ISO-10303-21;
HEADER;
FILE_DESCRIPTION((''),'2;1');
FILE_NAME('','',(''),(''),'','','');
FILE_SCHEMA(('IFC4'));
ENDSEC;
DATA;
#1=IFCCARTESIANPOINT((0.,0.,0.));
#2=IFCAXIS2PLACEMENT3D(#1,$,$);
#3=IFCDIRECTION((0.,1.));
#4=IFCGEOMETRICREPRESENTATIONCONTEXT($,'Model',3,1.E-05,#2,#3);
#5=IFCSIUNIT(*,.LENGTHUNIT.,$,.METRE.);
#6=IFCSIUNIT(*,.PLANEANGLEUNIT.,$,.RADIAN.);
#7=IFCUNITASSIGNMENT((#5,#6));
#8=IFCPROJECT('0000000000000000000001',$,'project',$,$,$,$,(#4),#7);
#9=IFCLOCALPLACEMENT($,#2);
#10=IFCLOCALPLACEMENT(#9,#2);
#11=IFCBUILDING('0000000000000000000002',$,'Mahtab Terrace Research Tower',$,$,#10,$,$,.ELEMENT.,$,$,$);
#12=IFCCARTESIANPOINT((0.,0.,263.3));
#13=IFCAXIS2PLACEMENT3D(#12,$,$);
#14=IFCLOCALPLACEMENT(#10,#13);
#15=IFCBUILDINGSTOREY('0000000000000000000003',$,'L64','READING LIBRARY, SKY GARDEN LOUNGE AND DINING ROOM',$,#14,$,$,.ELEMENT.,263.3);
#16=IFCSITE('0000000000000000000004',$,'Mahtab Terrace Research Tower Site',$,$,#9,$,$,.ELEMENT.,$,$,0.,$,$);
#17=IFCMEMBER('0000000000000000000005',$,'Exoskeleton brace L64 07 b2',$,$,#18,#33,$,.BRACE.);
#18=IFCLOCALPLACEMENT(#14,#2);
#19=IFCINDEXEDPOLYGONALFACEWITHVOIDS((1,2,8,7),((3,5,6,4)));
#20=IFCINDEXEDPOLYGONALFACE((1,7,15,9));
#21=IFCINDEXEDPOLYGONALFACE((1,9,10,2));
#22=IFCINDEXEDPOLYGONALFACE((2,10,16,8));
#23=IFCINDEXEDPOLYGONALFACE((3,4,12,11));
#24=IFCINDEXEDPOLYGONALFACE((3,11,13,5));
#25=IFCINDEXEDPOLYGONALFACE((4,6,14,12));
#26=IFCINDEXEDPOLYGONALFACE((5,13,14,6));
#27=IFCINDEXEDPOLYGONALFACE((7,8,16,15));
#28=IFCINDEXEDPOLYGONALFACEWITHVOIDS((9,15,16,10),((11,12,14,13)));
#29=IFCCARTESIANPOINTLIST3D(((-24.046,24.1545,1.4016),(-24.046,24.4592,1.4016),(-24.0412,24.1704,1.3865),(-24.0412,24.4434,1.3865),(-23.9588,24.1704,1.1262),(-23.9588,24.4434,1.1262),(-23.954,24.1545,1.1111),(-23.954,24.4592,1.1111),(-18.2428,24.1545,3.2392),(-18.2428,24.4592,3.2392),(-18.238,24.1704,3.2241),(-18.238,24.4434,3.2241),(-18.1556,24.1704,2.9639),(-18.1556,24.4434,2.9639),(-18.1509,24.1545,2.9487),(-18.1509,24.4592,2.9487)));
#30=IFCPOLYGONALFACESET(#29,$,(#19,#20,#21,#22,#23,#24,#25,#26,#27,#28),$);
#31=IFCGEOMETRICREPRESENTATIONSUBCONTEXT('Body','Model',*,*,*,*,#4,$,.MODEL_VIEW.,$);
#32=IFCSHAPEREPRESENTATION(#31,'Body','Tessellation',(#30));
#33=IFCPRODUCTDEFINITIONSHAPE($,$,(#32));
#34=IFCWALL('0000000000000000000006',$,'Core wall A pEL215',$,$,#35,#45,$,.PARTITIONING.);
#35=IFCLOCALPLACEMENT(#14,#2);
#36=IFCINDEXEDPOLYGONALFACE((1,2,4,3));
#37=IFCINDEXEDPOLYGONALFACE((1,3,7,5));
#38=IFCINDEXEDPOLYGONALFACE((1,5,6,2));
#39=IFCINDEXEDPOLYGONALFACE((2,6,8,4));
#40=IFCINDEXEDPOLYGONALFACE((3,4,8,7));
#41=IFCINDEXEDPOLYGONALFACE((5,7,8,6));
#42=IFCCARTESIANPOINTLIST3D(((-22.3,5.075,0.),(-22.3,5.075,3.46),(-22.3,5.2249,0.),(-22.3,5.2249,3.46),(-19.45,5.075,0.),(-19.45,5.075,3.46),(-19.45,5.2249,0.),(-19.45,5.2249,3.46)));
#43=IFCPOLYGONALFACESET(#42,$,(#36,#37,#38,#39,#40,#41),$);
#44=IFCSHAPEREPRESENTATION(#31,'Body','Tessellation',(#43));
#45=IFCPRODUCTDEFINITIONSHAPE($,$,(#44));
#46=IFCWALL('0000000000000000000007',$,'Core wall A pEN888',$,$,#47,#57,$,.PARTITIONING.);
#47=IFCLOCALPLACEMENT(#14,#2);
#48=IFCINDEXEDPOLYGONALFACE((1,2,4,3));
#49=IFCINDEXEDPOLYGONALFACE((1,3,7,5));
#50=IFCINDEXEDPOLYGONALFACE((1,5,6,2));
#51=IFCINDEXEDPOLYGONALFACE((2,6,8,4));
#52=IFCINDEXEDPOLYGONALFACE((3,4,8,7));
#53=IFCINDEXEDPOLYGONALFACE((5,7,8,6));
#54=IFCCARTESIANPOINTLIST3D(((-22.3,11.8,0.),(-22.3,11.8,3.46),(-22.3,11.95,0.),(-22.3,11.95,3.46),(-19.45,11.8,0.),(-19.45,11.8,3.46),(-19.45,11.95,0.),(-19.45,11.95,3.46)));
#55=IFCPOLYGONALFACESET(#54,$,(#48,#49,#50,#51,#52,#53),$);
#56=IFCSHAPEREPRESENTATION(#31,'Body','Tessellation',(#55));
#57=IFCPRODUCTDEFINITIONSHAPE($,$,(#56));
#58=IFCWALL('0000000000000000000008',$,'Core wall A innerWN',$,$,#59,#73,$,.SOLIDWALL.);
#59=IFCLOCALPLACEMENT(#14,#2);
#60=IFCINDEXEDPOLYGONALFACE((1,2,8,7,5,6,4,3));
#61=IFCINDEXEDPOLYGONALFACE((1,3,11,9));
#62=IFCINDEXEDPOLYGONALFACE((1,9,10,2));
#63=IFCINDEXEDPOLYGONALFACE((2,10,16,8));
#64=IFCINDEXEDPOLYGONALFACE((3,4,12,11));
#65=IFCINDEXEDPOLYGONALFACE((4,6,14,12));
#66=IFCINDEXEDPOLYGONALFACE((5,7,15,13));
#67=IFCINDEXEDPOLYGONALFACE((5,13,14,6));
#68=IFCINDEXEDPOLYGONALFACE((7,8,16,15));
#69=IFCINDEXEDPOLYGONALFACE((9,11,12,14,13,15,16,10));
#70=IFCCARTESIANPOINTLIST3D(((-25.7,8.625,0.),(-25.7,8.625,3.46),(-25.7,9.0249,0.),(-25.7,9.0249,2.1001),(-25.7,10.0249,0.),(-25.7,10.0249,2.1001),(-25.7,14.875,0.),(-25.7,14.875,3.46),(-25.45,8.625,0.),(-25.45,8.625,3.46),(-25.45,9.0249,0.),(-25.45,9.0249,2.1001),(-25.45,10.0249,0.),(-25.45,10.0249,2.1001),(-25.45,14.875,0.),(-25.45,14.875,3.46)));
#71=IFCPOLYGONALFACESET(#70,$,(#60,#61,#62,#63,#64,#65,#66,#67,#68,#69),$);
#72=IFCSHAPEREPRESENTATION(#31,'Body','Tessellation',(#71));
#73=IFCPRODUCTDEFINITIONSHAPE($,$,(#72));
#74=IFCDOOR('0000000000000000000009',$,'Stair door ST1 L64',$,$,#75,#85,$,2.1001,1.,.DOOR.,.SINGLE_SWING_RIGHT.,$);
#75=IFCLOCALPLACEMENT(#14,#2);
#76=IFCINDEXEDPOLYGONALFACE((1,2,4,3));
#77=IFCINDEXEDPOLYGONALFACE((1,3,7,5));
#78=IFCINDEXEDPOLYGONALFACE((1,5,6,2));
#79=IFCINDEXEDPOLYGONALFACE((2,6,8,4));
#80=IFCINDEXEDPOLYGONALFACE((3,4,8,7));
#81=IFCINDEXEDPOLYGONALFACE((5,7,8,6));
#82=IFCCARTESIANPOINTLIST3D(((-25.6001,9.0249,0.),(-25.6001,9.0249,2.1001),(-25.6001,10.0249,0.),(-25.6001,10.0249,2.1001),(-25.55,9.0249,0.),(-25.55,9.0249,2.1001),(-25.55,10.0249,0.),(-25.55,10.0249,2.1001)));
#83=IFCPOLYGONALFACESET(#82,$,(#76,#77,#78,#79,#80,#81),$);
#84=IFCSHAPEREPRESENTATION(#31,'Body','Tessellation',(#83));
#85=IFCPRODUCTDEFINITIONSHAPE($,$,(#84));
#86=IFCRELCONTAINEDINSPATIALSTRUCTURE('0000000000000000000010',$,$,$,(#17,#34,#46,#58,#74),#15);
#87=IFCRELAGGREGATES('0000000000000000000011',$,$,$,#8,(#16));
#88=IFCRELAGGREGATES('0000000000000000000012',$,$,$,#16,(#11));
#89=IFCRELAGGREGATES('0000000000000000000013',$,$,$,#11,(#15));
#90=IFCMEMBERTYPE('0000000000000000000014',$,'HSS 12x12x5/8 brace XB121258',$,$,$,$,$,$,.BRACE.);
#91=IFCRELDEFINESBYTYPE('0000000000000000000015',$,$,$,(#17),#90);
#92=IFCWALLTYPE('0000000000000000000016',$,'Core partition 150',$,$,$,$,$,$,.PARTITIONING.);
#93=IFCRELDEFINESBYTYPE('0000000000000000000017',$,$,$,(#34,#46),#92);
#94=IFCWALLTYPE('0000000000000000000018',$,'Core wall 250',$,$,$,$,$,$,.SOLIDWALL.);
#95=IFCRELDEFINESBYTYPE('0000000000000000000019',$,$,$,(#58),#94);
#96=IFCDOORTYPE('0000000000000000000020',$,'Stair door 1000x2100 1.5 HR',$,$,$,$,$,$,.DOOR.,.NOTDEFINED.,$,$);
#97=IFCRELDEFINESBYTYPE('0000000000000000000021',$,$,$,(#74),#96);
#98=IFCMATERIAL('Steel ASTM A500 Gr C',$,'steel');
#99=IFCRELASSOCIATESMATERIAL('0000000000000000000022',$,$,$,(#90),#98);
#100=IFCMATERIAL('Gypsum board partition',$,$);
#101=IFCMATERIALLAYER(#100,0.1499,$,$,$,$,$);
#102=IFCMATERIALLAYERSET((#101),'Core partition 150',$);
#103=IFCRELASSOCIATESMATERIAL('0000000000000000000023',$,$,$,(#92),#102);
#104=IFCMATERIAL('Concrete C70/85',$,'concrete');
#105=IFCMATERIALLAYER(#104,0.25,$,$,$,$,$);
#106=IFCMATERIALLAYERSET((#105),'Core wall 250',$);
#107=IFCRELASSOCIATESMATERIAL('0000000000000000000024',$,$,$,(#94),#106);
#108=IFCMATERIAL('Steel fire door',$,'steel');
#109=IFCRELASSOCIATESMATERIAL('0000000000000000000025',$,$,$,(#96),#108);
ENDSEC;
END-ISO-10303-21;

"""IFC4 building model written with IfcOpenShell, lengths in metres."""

from ifc_helpers import new_model, si_unit, direction, frame, frame_2d, origin, origin_2d, place, context, subcontext, project, spatial, rectangle, hollow_rectangle, extrude, material, layer, layer_set, material_profile, profile_set, type_object, element, fill, save


model = new_model("IFC4")

# Units and contexts
model_context = context("Model", 3, precision=1e-05, world=origin(), true_north=direction((0.0, 1.0)))
body_context = subcontext(model_context, "Body", "Model", "MODEL_VIEW")
ifc_project = project(units=[si_unit("LENGTHUNIT", "METRE"), si_unit("PLANEANGLEUNIT", "RADIAN")], contexts=[model_context])

# Site, building, storey
site_placement = place(None, origin())
site = spatial("IfcSite", under=ifc_project, at=site_placement, Name="Mahtab Terrace Research Tower Site", CompositionType="ELEMENT", RefElevation=0.0)
building_placement = place(site_placement, origin())
building = spatial("IfcBuilding", under=site, at=building_placement, Name="Mahtab Terrace Research Tower", CompositionType="ELEMENT")
storey_placement = place(building_placement, frame((0.0, 0.0, 263.3)))
storey = spatial("IfcBuildingStorey", under=building, at=storey_placement, Name="L64", Description="READING LIBRARY, SKY GARDEN LOUNGE AND DINING ROOM", CompositionType="ELEMENT", Elevation=263.3)

# Member
ifc_material_1 = material(Name="Steel ASTM A500 Gr C", Category="steel")
ifc_material_profile = material_profile(ifc_material_1, hollow_rectangle(XDim=0.3047, YDim=0.3047, WallThickness=0.0159, at=origin_2d()), Name="HSS12X12X5/8")
ifc_profile_set = profile_set([ifc_material_profile], Name="Steel ASTM A500 Gr C")
member_type = type_object("IfcMemberType", Name="HSS 12x12x5/8 brace XB121258", PredefinedType="BRACE", material=ifc_profile_set)
member_placement = place(storey_placement, frame((-24.0, 24.3069, 1.2563), z_axis=(0.953344, 0.0, 0.301886), x_axis=(0.0, 1.0, 0.0)))
element("IfcMember", 1, at=member_placement, inside=storey, type_object=member_type, Name="Exoskeleton brace L64 07 b2", PredefinedType="BRACE", context=body_context, shape_type="SweptSolid", body=[
    extrude(hollow_rectangle(XDim=0.3047, YDim=0.3047, WallThickness=0.0159, at=origin_2d()), origin(), (0.0, 0.0, 1.0), 6.0872),
])

# Walls
ifc_material_2 = material(Name="Gypsum board partition")
ifc_layer_1 = layer(ifc_material_2, 0.1499)
ifc_layer_set_1 = layer_set([ifc_layer_1], Name="Core partition 150")
wall_type_1 = type_object("IfcWallType", Name="Core partition 150", PredefinedType="PARTITIONING", material=ifc_layer_set_1)
for number, where, z_axis, x_axis, name in (
    (2, (-22.3, 5.1499, 0.0), (0.0, 0.0, 1.0), (1.0, 0.0, 0.0), "Core wall A pEL215"),
    (3, (-22.3, 11.875, 0.0), (0.0, 0.0, 1.0), (1.0, 0.0, 0.0), "Core wall A pEN888"),
):
    element("IfcWall", number, at=place(storey_placement, frame(where, z_axis=z_axis, x_axis=x_axis)), inside=storey, type_object=wall_type_1, Name=name, PredefinedType="PARTITIONING", context=body_context, shape_type="SweptSolid", body=[
        extrude(rectangle(XDim=2.8501, YDim=0.1499, at=frame_2d((1.425, 0.0))), origin(), (0.0, 0.0, 1.0), 3.46),
    ])

# Wall, opening, door
ifc_material_3 = material(Name="Concrete C70/85", Category="concrete")
ifc_layer_2 = layer(ifc_material_3, 0.25)
ifc_layer_set_2 = layer_set([ifc_layer_2], Name="Core wall 250")
wall_type_2 = type_object("IfcWallType", Name="Core wall 250", PredefinedType="SOLIDWALL", material=ifc_layer_set_2)
wall_1_placement = place(storey_placement, frame((-25.575, 14.875, 0.0), z_axis=(0.0, 0.0, 1.0), x_axis=(0.0, -1.0, 0.0)))
wall_1 = element("IfcWall", 4, at=wall_1_placement, inside=storey, type_object=wall_type_2, Name="Core wall A innerWN", PredefinedType="SOLIDWALL", context=body_context, shape_type="SweptSolid", body=[
    extrude(rectangle(XDim=6.25, YDim=0.25, at=frame_2d((3.125, 0.0))), origin(), (0.0, 0.0, 1.0), 3.46),
])
opening_1_placement = place(wall_1_placement, frame((4.8501, 0.0, 0.0)))
opening_1 = element("IfcOpeningElement", 5, at=opening_1_placement, cuts=wall_1, PredefinedType="OPENING", context=body_context, shape_type="SweptSolid", body=[
    extrude(rectangle(XDim=1.0, YDim=2.1001, at=frame_2d((0.5, 1.05))), frame((0.0, 0.135, 0.0), z_axis=(0.0, -1.0, 0.0), x_axis=(1.0, 0.0, 0.0)), (0.0, 0.0, 1.0), 0.27),
])
ifc_material_4 = material(Name="Steel fire door", Category="steel")
door_type_1 = type_object("IfcDoorType", Name="Stair door 1000x2100 1.5 HR", OperationType="NOTDEFINED", PredefinedType="DOOR", material=ifc_material_4)
door_1_placement = place(opening_1_placement, origin())
door_1 = element("IfcDoor", 6, at=door_1_placement, inside=storey, type_object=door_type_1, Name="Stair door ST1 L64", OperationType="SINGLE_SWING_RIGHT", OverallHeight=2.1001, OverallWidth=1.0, PredefinedType="DOOR", context=body_context, shape_type="SweptSolid", body=[
    extrude(rectangle(XDim=1.0, YDim=2.1001, at=frame_2d((0.5, 1.05))), frame((0.0, 0.0249, 0.0), z_axis=(0.0, -1.0, 0.0), x_axis=(1.0, 0.0, 0.0)), (0.0, 0.0, 1.0), 0.05),
])
fill(opening_1, door_1)

save(model, "model.ifc")
